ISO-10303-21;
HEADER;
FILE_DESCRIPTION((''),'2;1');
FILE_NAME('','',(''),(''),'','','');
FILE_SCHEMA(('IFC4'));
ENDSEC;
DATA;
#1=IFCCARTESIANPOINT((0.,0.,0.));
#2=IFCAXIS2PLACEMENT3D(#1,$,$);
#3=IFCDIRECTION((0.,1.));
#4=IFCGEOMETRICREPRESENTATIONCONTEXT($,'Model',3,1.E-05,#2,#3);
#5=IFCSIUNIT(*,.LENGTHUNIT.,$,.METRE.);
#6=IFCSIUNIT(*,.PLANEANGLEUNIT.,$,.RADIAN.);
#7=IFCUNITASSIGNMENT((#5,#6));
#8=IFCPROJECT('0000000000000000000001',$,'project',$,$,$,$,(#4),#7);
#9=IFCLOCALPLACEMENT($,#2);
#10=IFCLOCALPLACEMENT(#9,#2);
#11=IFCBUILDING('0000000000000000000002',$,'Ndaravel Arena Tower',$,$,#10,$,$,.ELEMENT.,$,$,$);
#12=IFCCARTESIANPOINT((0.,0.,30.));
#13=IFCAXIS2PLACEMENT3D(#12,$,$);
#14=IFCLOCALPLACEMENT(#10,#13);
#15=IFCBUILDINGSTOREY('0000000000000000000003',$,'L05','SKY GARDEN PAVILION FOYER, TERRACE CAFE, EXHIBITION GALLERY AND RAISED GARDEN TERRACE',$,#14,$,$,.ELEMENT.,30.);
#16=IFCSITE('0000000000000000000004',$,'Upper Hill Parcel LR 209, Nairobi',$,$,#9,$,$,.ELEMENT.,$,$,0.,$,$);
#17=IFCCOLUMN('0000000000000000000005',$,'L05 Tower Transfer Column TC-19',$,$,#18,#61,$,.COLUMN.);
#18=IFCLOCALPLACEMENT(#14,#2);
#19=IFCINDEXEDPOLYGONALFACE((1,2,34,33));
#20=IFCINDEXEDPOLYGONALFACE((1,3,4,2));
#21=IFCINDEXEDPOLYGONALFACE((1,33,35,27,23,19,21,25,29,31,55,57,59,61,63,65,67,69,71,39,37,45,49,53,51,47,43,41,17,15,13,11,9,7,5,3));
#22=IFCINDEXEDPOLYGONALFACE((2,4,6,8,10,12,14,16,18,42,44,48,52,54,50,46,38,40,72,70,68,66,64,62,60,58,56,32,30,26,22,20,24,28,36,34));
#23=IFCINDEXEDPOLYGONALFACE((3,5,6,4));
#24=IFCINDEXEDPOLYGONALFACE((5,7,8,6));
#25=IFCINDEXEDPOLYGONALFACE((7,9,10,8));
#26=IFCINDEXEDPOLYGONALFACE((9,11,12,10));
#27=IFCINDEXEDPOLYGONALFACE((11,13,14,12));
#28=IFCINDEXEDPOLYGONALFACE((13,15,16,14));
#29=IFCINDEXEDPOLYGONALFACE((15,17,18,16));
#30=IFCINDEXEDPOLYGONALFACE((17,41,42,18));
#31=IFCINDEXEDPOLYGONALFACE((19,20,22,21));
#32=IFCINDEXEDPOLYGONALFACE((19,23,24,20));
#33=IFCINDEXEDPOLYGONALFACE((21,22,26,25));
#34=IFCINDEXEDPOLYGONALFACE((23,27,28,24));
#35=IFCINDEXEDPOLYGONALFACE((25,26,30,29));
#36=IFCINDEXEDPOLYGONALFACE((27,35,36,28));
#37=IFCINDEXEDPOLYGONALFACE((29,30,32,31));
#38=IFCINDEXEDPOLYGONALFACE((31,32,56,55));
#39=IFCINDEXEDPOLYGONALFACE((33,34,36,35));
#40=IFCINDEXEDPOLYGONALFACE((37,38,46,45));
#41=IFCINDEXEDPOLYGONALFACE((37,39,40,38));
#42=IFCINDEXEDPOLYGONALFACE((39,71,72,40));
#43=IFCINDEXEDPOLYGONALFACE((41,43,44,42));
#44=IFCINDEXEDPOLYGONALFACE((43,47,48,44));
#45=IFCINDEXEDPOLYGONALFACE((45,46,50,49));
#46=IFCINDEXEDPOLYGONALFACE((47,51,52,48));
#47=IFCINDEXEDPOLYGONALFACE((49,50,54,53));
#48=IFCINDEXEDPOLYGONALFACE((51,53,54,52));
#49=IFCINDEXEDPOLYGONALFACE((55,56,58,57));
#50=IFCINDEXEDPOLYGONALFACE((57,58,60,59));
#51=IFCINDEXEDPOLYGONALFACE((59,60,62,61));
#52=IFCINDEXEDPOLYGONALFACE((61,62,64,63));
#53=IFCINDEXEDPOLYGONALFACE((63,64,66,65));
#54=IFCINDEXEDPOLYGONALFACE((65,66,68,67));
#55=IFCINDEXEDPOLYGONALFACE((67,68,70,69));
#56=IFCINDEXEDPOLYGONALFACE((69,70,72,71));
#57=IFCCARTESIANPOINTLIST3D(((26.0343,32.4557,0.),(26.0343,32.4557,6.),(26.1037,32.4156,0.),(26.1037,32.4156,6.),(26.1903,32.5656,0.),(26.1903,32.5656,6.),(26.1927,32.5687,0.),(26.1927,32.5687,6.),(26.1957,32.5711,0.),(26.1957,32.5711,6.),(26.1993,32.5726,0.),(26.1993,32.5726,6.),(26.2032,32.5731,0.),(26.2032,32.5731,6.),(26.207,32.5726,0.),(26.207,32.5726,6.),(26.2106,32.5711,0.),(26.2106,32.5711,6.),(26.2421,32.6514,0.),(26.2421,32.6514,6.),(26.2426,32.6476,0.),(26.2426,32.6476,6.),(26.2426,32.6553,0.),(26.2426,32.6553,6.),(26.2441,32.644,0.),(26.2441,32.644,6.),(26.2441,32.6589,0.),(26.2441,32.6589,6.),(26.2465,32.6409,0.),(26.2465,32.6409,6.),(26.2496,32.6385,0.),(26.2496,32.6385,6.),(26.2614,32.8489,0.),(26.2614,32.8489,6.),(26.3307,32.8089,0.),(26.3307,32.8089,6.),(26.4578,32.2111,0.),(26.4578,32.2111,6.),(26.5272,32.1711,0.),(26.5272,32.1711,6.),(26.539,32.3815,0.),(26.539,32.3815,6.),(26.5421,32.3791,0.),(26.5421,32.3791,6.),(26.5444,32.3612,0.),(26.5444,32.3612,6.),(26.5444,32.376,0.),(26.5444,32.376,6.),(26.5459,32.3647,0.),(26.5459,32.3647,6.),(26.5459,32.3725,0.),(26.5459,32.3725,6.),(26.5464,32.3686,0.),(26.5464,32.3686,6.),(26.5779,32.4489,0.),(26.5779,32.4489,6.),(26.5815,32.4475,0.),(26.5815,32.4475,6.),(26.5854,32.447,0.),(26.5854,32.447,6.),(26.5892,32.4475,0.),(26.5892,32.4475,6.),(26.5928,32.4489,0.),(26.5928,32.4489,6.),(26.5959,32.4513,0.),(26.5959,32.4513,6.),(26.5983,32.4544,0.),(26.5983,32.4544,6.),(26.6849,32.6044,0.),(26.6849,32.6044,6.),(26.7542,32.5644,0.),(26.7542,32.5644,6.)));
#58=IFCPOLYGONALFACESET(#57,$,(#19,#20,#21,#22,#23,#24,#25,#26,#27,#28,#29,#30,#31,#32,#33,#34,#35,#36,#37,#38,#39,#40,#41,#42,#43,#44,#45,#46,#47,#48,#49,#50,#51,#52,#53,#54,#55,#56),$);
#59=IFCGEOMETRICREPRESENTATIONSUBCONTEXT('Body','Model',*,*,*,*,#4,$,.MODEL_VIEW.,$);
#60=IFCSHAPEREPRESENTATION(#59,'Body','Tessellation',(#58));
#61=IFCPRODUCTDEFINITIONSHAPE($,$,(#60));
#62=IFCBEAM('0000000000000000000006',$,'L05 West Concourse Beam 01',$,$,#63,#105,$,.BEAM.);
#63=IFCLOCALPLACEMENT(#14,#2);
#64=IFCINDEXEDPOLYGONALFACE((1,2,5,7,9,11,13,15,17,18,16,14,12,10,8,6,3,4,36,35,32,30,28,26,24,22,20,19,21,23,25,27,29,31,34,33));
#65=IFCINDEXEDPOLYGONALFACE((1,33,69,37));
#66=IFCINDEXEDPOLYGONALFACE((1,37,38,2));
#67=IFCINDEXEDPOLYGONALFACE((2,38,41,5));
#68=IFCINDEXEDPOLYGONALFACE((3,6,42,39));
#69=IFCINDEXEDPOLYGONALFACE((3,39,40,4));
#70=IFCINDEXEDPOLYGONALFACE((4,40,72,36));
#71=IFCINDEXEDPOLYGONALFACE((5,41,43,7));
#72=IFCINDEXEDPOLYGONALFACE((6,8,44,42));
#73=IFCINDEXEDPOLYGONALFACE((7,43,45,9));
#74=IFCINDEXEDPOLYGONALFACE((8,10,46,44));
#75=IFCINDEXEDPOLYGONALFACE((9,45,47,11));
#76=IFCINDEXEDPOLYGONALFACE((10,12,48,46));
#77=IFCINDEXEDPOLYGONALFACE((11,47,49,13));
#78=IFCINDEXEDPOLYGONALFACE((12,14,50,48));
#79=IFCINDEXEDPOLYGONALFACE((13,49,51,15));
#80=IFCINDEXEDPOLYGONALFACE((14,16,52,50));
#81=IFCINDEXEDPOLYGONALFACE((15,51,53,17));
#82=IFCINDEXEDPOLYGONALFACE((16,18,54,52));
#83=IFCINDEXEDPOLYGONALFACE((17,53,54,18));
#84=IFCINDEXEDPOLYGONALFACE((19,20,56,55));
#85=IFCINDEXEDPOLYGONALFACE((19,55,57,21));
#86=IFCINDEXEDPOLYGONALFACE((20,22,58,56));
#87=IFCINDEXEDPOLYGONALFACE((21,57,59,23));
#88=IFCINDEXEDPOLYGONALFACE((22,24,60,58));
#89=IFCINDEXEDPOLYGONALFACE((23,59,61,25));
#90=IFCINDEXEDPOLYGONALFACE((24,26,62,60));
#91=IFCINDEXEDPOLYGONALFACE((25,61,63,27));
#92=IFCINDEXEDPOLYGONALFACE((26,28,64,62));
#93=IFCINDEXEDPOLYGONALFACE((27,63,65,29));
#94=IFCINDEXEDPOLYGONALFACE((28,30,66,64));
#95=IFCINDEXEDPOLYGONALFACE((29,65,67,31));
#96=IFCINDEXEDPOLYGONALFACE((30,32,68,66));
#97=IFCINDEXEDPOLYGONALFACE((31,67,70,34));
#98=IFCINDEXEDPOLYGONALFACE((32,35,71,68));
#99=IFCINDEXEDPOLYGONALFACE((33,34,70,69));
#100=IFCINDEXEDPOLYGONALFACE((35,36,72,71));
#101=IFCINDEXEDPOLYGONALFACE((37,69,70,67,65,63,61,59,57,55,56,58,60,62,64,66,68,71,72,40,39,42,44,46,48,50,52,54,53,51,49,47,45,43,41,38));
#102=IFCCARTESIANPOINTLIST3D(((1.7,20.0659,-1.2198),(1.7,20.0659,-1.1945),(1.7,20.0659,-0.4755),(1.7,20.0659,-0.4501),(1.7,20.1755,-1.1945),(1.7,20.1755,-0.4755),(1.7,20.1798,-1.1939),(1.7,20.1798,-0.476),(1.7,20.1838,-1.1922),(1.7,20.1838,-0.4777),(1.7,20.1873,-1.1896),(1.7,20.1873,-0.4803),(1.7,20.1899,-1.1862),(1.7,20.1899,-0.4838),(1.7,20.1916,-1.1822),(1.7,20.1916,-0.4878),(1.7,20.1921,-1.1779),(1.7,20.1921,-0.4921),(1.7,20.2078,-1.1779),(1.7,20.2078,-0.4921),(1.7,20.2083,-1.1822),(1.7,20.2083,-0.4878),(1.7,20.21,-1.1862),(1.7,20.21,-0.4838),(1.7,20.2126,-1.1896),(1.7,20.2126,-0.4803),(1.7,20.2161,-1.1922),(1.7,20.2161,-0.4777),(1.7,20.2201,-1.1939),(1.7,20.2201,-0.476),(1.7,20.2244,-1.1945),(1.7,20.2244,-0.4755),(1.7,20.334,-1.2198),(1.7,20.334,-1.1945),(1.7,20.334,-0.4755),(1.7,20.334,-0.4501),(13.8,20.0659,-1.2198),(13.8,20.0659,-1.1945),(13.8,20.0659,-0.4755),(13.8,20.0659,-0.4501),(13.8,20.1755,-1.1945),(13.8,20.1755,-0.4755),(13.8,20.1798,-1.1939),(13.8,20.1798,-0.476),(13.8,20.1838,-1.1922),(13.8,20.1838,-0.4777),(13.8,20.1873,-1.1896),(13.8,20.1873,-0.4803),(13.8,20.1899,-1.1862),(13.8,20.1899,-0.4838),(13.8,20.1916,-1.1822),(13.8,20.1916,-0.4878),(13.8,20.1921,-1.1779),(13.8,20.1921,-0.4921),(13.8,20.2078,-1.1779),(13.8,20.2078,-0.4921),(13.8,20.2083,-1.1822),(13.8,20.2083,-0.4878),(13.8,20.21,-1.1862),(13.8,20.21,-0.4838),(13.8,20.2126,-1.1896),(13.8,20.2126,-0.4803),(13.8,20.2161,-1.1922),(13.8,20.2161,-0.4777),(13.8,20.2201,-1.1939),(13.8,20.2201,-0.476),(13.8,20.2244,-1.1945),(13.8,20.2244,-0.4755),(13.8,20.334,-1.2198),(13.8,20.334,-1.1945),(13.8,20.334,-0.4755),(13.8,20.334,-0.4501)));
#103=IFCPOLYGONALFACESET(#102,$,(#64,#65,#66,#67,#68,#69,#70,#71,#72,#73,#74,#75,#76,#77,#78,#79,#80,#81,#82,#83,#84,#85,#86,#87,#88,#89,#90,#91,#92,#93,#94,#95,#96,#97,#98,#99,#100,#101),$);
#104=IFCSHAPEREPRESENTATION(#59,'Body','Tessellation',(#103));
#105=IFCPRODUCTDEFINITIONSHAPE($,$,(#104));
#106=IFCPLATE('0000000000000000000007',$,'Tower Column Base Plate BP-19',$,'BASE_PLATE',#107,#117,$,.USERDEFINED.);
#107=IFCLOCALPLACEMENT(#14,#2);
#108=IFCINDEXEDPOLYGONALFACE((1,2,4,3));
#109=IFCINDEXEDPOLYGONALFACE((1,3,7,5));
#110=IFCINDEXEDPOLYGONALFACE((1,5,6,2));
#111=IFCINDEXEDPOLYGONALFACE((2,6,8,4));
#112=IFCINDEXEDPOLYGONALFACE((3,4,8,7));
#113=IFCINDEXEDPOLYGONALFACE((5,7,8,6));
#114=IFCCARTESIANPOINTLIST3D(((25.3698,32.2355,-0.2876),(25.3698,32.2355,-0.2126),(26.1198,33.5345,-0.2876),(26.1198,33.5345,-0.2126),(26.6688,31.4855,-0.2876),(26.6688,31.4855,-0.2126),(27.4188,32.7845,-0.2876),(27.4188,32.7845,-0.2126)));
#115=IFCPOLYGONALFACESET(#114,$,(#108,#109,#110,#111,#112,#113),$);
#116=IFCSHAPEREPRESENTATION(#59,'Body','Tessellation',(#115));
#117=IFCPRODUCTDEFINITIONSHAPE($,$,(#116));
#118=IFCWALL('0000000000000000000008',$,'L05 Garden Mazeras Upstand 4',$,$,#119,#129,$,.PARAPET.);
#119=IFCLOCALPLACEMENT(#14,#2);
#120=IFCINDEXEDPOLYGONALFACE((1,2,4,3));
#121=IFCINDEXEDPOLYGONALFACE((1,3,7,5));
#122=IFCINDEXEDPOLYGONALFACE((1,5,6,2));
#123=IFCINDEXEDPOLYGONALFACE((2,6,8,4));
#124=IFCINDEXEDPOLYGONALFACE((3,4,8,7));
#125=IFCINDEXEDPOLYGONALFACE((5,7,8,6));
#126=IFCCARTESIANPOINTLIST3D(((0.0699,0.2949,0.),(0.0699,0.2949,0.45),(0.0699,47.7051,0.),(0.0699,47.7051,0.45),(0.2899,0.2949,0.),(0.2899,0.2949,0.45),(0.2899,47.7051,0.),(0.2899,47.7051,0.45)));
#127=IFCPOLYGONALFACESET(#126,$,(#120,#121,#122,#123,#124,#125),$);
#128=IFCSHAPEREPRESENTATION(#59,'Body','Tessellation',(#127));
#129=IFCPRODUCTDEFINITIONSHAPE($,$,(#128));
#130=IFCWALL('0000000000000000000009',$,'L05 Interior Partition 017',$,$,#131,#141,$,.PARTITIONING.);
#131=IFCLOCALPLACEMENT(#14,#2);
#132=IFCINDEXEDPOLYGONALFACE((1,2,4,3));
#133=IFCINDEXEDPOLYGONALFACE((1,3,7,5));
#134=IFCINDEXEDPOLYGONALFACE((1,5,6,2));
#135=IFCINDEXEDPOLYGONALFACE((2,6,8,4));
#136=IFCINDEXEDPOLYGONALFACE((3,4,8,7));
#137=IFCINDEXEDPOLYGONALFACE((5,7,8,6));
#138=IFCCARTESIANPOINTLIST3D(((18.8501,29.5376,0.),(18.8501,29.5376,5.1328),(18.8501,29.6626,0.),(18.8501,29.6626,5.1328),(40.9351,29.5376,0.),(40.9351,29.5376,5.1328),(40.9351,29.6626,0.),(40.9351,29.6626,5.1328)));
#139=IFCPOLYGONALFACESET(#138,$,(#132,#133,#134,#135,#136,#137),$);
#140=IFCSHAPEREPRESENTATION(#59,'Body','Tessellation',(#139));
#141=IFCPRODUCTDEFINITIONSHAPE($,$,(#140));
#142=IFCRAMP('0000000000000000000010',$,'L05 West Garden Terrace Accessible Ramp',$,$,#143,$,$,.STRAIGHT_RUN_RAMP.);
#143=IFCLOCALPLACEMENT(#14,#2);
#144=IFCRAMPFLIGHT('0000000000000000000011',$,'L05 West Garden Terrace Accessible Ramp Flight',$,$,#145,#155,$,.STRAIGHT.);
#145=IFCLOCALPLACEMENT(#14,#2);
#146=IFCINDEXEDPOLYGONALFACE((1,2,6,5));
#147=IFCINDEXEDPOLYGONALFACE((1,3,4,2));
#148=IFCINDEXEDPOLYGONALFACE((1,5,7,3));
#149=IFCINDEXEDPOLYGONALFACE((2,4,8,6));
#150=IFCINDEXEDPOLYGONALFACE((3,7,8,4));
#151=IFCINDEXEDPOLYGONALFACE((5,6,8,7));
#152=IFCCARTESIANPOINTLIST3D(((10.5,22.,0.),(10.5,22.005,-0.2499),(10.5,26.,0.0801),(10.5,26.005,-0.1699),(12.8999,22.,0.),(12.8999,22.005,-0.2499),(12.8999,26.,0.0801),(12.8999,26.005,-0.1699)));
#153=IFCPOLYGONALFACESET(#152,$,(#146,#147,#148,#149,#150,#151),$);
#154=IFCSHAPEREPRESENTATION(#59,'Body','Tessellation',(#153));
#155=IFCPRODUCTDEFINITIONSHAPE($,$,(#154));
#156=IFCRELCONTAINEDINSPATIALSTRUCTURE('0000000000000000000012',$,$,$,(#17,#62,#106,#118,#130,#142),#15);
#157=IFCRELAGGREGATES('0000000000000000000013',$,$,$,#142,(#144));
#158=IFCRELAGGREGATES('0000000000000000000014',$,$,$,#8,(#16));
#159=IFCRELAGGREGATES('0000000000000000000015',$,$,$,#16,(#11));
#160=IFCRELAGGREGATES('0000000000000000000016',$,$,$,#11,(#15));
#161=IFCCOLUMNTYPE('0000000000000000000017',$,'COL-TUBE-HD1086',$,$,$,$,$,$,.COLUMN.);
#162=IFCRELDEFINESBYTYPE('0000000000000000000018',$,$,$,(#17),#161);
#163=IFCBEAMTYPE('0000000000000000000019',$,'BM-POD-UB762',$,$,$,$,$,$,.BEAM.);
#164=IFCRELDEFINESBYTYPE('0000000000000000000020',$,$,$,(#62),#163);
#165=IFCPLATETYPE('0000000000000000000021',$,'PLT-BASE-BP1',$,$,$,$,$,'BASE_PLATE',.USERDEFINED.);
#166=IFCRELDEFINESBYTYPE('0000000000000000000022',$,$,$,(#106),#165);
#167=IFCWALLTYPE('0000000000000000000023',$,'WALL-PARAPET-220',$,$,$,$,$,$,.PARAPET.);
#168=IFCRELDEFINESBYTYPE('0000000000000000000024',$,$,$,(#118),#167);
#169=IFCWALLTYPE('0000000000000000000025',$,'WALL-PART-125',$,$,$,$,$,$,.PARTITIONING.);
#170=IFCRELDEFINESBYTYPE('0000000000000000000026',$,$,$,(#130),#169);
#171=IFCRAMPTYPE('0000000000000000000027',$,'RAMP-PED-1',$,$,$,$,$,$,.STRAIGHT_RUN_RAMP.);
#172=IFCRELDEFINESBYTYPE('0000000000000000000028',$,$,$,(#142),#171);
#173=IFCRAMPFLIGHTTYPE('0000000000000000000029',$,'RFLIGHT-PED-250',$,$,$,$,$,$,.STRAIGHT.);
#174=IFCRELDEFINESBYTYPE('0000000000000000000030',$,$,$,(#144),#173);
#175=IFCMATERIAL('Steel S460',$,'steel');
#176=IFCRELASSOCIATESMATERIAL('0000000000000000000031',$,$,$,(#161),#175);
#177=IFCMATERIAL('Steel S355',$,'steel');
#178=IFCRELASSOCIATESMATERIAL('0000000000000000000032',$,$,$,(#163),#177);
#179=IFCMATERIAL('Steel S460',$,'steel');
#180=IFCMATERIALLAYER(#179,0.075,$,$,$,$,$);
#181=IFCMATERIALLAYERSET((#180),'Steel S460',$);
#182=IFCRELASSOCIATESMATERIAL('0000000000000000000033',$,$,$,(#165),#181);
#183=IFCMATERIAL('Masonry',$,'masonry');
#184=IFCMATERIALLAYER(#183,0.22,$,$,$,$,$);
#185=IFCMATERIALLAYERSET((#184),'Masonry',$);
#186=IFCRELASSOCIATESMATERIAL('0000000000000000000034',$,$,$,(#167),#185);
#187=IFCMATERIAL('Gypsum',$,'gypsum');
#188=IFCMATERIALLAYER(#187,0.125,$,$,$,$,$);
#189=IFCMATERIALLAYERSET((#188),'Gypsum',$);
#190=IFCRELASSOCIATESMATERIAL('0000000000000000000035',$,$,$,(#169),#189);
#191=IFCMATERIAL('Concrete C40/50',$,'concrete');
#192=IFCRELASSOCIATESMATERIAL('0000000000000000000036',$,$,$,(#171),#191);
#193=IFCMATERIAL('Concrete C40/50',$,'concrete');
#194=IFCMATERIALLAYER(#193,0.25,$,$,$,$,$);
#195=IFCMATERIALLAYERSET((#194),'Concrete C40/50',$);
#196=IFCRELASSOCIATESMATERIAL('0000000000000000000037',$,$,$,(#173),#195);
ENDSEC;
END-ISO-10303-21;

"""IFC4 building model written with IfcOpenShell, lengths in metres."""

from ifc_helpers import new_model, si_unit, direction, frame, frame_2d, origin, origin_2d, place, context, subcontext, project, spatial, polyline, rectangle, i_section, outline, extrude, material, layer, layer_set, material_profile, profile_set, type_object, element, aggregate, save


model = new_model("IFC4")

# Units and contexts
model_context = context("Model", 3, precision=1e-05, world=origin(), true_north=direction((0.0, 1.0)))
body_context = subcontext(model_context, "Body", "Model", "MODEL_VIEW")
ifc_project = project(units=[si_unit("LENGTHUNIT", "METRE"), si_unit("PLANEANGLEUNIT", "RADIAN")], contexts=[model_context])

# Site, building, storey
site_placement = place(None, origin())
site = spatial("IfcSite", under=ifc_project, at=site_placement, Name="Upper Hill Parcel LR 209, Nairobi", CompositionType="ELEMENT", RefElevation=0.0)
building_placement = place(site_placement, origin())
building = spatial("IfcBuilding", under=site, at=building_placement, Name="Ndaravel Arena Tower", CompositionType="ELEMENT")
storey_placement = place(building_placement, frame((0.0, 0.0, 30.0)))
storey = spatial("IfcBuildingStorey", under=building, at=storey_placement, Name="L05", Description="SKY GARDEN PAVILION FOYER, TERRACE CAFE, EXHIBITION GALLERY AND RAISED GARDEN TERRACE", CompositionType="ELEMENT", Elevation=30.0)

# Column
ifc_material_1 = material(Name="Steel S460", Category="steel")
ifc_material_profile_1 = material_profile(ifc_material_1, i_section(OverallWidth=0.4541, OverallDepth=0.5691, WebThickness=0.0779, FlangeThickness=0.0801, FilletRadius=0.0149, at=origin_2d()), Name="HD 400x1086")
ifc_profile_set_1 = profile_set([ifc_material_profile_1], Name="Steel S460")
column_type = type_object("IfcColumnType", Name="COL-TUBE-HD1086", PredefinedType="COLUMN", material=ifc_profile_set_1)
column_placement = place(storey_placement, frame((26.3943, 32.51, 0.0), z_axis=(0.0, 0.0, 1.0), x_axis=(0.5, 0.866025, 0.0)))
element("IfcColumn", 1, at=column_placement, inside=storey, type_object=column_type, Name="L05 Tower Transfer Column TC-19", PredefinedType="COLUMN", context=body_context, shape_type="SweptSolid", body=[
    extrude(i_section(OverallWidth=0.4541, OverallDepth=0.5691, WebThickness=0.0779, FlangeThickness=0.0801, FilletRadius=0.0149, at=origin_2d()), origin(), (0.0, 0.0, 1.0), 6.0),
])

# Beam
ifc_material_2 = material(Name="Steel S355", Category="steel")
ifc_material_profile_2 = material_profile(ifc_material_2, i_section(OverallWidth=0.2681, OverallDepth=0.7698, WebThickness=0.0156, FlangeThickness=0.0254, FilletRadius=0.0166, at=origin_2d()), Name="UB 762x267x197")
ifc_profile_set_2 = profile_set([ifc_material_profile_2], Name="Steel S355")
beam_type = type_object("IfcBeamType", Name="BM-POD-UB762", PredefinedType="BEAM", material=ifc_profile_set_2)
beam_placement = place(storey_placement, frame((1.7, 20.2, -0.835), z_axis=(1.0, 0.0, 0.0), x_axis=(0.0, 1.0, 0.0)))
element("IfcBeam", 2, at=beam_placement, inside=storey, type_object=beam_type, Name="L05 West Concourse Beam 01", PredefinedType="BEAM", context=body_context, shape_type="SweptSolid", body=[
    extrude(i_section(OverallWidth=0.2681, OverallDepth=0.7698, WebThickness=0.0156, FlangeThickness=0.0254, FilletRadius=0.0166, at=origin_2d()), origin(), (0.0, 0.0, 1.0), 12.1001),
])

# Plate
ifc_material_3 = material(Name="Steel S460", Category="steel")
ifc_layer_1 = layer(ifc_material_3, 0.075)
ifc_layer_set_1 = layer_set([ifc_layer_1], Name="Steel S460")
plate_type = type_object("IfcPlateType", Name="PLT-BASE-BP1", ElementType="BASE_PLATE", PredefinedType="USERDEFINED", material=ifc_layer_set_1)
plate_placement = place(storey_placement, frame((26.3943, 32.51, -0.2876), z_axis=(0.0, 0.0, 1.0), x_axis=(0.5, 0.866025, 0.0)))
element("IfcPlate", 3, at=plate_placement, inside=storey, type_object=plate_type, Name="Tower Column Base Plate BP-19", ObjectType="BASE_PLATE", PredefinedType="USERDEFINED", context=body_context, shape_type="SweptSolid", body=[
    extrude(rectangle(XDim=1.5, YDim=1.5, at=origin_2d()), origin(), (0.0, 0.0, 1.0), 0.075),
])

# Walls
ifc_material_4 = material(Name="Masonry", Category="masonry")
ifc_layer_2 = layer(ifc_material_4, 0.22)
ifc_layer_set_2 = layer_set([ifc_layer_2], Name="Masonry")
wall_type_1 = type_object("IfcWallType", Name="WALL-PARAPET-220", PredefinedType="PARAPET", material=ifc_layer_set_2)
wall_1_placement = place(storey_placement, frame((0.1799, 47.7051, 0.0), z_axis=(0.0, 0.0, 1.0), x_axis=(0.0, -1.0, 0.0)))
element("IfcWall", 4, at=wall_1_placement, inside=storey, type_object=wall_type_1, Name="L05 Garden Mazeras Upstand 4", PredefinedType="PARAPET", context=body_context, shape_type="SweptSolid", body=[
    extrude(rectangle(XDim=47.4102, YDim=0.22, at=frame_2d((23.7051, 0.0))), origin(), (0.0, 0.0, 1.0), 0.45),
])
ifc_material_5 = material(Name="Gypsum", Category="gypsum")
ifc_layer_3 = layer(ifc_material_5, 0.125)
ifc_layer_set_3 = layer_set([ifc_layer_3], Name="Gypsum")
wall_type_2 = type_object("IfcWallType", Name="WALL-PART-125", PredefinedType="PARTITIONING", material=ifc_layer_set_3)
wall_2_placement = place(storey_placement, frame((18.8501, 29.6001, 0.0), z_axis=(0.0, 0.0, 1.0), x_axis=(1.0, 0.0, 0.0)))
element("IfcWall", 5, at=wall_2_placement, inside=storey, type_object=wall_type_2, Name="L05 Interior Partition 017", PredefinedType="PARTITIONING", context=body_context, shape_type="SweptSolid", body=[
    extrude(rectangle(XDim=22.085, YDim=0.125, at=frame_2d((11.0425, 0.0))), origin(), (0.0, 0.0, 1.0), 5.1328),
])

# Ramp, ramp flight
ifc_material_6 = material(Name="Concrete C40/50", Category="concrete")
ramp_type = type_object("IfcRampType", Name="RAMP-PED-1", PredefinedType="STRAIGHT_RUN_RAMP", material=ifc_material_6)
ramp_placement = place(storey_placement, origin())
ramp = element("IfcRamp", 6, at=ramp_placement, inside=storey, type_object=ramp_type, Name="L05 West Garden Terrace Accessible Ramp", PredefinedType="STRAIGHT_RUN_RAMP")
ifc_material_7 = material(Name="Concrete C40/50", Category="concrete")
ifc_layer_4 = layer(ifc_material_7, 0.25)
ifc_layer_set_4 = layer_set([ifc_layer_4], Name="Concrete C40/50")
ramp_flight_type = type_object("IfcRampFlightType", Name="RFLIGHT-PED-250", PredefinedType="STRAIGHT", material=ifc_layer_set_4)
ramp_flight_placement = place(storey_placement, frame((10.5, 22.0, 0.0), z_axis=(0.0, -0.020016, 0.9998), x_axis=(1.0, 0.0, 0.0)))
ramp_flight = element("IfcRampFlight", 7, at=ramp_flight_placement, type_object=ramp_flight_type, Name="L05 West Garden Terrace Accessible Ramp Flight", PredefinedType="STRAIGHT", context=body_context, shape_type="SweptSolid", body=[
    extrude(outline(polyline([(0.0, 0.0), (2.3999, 0.0), (2.3999, 4.0008), (0.0, 4.0008), (0.0, 0.0)])), origin(), (0.0, 0.0, -1.0), 0.25),
])
aggregate(ramp, [ramp_flight])

save(model, "model.ifc")
